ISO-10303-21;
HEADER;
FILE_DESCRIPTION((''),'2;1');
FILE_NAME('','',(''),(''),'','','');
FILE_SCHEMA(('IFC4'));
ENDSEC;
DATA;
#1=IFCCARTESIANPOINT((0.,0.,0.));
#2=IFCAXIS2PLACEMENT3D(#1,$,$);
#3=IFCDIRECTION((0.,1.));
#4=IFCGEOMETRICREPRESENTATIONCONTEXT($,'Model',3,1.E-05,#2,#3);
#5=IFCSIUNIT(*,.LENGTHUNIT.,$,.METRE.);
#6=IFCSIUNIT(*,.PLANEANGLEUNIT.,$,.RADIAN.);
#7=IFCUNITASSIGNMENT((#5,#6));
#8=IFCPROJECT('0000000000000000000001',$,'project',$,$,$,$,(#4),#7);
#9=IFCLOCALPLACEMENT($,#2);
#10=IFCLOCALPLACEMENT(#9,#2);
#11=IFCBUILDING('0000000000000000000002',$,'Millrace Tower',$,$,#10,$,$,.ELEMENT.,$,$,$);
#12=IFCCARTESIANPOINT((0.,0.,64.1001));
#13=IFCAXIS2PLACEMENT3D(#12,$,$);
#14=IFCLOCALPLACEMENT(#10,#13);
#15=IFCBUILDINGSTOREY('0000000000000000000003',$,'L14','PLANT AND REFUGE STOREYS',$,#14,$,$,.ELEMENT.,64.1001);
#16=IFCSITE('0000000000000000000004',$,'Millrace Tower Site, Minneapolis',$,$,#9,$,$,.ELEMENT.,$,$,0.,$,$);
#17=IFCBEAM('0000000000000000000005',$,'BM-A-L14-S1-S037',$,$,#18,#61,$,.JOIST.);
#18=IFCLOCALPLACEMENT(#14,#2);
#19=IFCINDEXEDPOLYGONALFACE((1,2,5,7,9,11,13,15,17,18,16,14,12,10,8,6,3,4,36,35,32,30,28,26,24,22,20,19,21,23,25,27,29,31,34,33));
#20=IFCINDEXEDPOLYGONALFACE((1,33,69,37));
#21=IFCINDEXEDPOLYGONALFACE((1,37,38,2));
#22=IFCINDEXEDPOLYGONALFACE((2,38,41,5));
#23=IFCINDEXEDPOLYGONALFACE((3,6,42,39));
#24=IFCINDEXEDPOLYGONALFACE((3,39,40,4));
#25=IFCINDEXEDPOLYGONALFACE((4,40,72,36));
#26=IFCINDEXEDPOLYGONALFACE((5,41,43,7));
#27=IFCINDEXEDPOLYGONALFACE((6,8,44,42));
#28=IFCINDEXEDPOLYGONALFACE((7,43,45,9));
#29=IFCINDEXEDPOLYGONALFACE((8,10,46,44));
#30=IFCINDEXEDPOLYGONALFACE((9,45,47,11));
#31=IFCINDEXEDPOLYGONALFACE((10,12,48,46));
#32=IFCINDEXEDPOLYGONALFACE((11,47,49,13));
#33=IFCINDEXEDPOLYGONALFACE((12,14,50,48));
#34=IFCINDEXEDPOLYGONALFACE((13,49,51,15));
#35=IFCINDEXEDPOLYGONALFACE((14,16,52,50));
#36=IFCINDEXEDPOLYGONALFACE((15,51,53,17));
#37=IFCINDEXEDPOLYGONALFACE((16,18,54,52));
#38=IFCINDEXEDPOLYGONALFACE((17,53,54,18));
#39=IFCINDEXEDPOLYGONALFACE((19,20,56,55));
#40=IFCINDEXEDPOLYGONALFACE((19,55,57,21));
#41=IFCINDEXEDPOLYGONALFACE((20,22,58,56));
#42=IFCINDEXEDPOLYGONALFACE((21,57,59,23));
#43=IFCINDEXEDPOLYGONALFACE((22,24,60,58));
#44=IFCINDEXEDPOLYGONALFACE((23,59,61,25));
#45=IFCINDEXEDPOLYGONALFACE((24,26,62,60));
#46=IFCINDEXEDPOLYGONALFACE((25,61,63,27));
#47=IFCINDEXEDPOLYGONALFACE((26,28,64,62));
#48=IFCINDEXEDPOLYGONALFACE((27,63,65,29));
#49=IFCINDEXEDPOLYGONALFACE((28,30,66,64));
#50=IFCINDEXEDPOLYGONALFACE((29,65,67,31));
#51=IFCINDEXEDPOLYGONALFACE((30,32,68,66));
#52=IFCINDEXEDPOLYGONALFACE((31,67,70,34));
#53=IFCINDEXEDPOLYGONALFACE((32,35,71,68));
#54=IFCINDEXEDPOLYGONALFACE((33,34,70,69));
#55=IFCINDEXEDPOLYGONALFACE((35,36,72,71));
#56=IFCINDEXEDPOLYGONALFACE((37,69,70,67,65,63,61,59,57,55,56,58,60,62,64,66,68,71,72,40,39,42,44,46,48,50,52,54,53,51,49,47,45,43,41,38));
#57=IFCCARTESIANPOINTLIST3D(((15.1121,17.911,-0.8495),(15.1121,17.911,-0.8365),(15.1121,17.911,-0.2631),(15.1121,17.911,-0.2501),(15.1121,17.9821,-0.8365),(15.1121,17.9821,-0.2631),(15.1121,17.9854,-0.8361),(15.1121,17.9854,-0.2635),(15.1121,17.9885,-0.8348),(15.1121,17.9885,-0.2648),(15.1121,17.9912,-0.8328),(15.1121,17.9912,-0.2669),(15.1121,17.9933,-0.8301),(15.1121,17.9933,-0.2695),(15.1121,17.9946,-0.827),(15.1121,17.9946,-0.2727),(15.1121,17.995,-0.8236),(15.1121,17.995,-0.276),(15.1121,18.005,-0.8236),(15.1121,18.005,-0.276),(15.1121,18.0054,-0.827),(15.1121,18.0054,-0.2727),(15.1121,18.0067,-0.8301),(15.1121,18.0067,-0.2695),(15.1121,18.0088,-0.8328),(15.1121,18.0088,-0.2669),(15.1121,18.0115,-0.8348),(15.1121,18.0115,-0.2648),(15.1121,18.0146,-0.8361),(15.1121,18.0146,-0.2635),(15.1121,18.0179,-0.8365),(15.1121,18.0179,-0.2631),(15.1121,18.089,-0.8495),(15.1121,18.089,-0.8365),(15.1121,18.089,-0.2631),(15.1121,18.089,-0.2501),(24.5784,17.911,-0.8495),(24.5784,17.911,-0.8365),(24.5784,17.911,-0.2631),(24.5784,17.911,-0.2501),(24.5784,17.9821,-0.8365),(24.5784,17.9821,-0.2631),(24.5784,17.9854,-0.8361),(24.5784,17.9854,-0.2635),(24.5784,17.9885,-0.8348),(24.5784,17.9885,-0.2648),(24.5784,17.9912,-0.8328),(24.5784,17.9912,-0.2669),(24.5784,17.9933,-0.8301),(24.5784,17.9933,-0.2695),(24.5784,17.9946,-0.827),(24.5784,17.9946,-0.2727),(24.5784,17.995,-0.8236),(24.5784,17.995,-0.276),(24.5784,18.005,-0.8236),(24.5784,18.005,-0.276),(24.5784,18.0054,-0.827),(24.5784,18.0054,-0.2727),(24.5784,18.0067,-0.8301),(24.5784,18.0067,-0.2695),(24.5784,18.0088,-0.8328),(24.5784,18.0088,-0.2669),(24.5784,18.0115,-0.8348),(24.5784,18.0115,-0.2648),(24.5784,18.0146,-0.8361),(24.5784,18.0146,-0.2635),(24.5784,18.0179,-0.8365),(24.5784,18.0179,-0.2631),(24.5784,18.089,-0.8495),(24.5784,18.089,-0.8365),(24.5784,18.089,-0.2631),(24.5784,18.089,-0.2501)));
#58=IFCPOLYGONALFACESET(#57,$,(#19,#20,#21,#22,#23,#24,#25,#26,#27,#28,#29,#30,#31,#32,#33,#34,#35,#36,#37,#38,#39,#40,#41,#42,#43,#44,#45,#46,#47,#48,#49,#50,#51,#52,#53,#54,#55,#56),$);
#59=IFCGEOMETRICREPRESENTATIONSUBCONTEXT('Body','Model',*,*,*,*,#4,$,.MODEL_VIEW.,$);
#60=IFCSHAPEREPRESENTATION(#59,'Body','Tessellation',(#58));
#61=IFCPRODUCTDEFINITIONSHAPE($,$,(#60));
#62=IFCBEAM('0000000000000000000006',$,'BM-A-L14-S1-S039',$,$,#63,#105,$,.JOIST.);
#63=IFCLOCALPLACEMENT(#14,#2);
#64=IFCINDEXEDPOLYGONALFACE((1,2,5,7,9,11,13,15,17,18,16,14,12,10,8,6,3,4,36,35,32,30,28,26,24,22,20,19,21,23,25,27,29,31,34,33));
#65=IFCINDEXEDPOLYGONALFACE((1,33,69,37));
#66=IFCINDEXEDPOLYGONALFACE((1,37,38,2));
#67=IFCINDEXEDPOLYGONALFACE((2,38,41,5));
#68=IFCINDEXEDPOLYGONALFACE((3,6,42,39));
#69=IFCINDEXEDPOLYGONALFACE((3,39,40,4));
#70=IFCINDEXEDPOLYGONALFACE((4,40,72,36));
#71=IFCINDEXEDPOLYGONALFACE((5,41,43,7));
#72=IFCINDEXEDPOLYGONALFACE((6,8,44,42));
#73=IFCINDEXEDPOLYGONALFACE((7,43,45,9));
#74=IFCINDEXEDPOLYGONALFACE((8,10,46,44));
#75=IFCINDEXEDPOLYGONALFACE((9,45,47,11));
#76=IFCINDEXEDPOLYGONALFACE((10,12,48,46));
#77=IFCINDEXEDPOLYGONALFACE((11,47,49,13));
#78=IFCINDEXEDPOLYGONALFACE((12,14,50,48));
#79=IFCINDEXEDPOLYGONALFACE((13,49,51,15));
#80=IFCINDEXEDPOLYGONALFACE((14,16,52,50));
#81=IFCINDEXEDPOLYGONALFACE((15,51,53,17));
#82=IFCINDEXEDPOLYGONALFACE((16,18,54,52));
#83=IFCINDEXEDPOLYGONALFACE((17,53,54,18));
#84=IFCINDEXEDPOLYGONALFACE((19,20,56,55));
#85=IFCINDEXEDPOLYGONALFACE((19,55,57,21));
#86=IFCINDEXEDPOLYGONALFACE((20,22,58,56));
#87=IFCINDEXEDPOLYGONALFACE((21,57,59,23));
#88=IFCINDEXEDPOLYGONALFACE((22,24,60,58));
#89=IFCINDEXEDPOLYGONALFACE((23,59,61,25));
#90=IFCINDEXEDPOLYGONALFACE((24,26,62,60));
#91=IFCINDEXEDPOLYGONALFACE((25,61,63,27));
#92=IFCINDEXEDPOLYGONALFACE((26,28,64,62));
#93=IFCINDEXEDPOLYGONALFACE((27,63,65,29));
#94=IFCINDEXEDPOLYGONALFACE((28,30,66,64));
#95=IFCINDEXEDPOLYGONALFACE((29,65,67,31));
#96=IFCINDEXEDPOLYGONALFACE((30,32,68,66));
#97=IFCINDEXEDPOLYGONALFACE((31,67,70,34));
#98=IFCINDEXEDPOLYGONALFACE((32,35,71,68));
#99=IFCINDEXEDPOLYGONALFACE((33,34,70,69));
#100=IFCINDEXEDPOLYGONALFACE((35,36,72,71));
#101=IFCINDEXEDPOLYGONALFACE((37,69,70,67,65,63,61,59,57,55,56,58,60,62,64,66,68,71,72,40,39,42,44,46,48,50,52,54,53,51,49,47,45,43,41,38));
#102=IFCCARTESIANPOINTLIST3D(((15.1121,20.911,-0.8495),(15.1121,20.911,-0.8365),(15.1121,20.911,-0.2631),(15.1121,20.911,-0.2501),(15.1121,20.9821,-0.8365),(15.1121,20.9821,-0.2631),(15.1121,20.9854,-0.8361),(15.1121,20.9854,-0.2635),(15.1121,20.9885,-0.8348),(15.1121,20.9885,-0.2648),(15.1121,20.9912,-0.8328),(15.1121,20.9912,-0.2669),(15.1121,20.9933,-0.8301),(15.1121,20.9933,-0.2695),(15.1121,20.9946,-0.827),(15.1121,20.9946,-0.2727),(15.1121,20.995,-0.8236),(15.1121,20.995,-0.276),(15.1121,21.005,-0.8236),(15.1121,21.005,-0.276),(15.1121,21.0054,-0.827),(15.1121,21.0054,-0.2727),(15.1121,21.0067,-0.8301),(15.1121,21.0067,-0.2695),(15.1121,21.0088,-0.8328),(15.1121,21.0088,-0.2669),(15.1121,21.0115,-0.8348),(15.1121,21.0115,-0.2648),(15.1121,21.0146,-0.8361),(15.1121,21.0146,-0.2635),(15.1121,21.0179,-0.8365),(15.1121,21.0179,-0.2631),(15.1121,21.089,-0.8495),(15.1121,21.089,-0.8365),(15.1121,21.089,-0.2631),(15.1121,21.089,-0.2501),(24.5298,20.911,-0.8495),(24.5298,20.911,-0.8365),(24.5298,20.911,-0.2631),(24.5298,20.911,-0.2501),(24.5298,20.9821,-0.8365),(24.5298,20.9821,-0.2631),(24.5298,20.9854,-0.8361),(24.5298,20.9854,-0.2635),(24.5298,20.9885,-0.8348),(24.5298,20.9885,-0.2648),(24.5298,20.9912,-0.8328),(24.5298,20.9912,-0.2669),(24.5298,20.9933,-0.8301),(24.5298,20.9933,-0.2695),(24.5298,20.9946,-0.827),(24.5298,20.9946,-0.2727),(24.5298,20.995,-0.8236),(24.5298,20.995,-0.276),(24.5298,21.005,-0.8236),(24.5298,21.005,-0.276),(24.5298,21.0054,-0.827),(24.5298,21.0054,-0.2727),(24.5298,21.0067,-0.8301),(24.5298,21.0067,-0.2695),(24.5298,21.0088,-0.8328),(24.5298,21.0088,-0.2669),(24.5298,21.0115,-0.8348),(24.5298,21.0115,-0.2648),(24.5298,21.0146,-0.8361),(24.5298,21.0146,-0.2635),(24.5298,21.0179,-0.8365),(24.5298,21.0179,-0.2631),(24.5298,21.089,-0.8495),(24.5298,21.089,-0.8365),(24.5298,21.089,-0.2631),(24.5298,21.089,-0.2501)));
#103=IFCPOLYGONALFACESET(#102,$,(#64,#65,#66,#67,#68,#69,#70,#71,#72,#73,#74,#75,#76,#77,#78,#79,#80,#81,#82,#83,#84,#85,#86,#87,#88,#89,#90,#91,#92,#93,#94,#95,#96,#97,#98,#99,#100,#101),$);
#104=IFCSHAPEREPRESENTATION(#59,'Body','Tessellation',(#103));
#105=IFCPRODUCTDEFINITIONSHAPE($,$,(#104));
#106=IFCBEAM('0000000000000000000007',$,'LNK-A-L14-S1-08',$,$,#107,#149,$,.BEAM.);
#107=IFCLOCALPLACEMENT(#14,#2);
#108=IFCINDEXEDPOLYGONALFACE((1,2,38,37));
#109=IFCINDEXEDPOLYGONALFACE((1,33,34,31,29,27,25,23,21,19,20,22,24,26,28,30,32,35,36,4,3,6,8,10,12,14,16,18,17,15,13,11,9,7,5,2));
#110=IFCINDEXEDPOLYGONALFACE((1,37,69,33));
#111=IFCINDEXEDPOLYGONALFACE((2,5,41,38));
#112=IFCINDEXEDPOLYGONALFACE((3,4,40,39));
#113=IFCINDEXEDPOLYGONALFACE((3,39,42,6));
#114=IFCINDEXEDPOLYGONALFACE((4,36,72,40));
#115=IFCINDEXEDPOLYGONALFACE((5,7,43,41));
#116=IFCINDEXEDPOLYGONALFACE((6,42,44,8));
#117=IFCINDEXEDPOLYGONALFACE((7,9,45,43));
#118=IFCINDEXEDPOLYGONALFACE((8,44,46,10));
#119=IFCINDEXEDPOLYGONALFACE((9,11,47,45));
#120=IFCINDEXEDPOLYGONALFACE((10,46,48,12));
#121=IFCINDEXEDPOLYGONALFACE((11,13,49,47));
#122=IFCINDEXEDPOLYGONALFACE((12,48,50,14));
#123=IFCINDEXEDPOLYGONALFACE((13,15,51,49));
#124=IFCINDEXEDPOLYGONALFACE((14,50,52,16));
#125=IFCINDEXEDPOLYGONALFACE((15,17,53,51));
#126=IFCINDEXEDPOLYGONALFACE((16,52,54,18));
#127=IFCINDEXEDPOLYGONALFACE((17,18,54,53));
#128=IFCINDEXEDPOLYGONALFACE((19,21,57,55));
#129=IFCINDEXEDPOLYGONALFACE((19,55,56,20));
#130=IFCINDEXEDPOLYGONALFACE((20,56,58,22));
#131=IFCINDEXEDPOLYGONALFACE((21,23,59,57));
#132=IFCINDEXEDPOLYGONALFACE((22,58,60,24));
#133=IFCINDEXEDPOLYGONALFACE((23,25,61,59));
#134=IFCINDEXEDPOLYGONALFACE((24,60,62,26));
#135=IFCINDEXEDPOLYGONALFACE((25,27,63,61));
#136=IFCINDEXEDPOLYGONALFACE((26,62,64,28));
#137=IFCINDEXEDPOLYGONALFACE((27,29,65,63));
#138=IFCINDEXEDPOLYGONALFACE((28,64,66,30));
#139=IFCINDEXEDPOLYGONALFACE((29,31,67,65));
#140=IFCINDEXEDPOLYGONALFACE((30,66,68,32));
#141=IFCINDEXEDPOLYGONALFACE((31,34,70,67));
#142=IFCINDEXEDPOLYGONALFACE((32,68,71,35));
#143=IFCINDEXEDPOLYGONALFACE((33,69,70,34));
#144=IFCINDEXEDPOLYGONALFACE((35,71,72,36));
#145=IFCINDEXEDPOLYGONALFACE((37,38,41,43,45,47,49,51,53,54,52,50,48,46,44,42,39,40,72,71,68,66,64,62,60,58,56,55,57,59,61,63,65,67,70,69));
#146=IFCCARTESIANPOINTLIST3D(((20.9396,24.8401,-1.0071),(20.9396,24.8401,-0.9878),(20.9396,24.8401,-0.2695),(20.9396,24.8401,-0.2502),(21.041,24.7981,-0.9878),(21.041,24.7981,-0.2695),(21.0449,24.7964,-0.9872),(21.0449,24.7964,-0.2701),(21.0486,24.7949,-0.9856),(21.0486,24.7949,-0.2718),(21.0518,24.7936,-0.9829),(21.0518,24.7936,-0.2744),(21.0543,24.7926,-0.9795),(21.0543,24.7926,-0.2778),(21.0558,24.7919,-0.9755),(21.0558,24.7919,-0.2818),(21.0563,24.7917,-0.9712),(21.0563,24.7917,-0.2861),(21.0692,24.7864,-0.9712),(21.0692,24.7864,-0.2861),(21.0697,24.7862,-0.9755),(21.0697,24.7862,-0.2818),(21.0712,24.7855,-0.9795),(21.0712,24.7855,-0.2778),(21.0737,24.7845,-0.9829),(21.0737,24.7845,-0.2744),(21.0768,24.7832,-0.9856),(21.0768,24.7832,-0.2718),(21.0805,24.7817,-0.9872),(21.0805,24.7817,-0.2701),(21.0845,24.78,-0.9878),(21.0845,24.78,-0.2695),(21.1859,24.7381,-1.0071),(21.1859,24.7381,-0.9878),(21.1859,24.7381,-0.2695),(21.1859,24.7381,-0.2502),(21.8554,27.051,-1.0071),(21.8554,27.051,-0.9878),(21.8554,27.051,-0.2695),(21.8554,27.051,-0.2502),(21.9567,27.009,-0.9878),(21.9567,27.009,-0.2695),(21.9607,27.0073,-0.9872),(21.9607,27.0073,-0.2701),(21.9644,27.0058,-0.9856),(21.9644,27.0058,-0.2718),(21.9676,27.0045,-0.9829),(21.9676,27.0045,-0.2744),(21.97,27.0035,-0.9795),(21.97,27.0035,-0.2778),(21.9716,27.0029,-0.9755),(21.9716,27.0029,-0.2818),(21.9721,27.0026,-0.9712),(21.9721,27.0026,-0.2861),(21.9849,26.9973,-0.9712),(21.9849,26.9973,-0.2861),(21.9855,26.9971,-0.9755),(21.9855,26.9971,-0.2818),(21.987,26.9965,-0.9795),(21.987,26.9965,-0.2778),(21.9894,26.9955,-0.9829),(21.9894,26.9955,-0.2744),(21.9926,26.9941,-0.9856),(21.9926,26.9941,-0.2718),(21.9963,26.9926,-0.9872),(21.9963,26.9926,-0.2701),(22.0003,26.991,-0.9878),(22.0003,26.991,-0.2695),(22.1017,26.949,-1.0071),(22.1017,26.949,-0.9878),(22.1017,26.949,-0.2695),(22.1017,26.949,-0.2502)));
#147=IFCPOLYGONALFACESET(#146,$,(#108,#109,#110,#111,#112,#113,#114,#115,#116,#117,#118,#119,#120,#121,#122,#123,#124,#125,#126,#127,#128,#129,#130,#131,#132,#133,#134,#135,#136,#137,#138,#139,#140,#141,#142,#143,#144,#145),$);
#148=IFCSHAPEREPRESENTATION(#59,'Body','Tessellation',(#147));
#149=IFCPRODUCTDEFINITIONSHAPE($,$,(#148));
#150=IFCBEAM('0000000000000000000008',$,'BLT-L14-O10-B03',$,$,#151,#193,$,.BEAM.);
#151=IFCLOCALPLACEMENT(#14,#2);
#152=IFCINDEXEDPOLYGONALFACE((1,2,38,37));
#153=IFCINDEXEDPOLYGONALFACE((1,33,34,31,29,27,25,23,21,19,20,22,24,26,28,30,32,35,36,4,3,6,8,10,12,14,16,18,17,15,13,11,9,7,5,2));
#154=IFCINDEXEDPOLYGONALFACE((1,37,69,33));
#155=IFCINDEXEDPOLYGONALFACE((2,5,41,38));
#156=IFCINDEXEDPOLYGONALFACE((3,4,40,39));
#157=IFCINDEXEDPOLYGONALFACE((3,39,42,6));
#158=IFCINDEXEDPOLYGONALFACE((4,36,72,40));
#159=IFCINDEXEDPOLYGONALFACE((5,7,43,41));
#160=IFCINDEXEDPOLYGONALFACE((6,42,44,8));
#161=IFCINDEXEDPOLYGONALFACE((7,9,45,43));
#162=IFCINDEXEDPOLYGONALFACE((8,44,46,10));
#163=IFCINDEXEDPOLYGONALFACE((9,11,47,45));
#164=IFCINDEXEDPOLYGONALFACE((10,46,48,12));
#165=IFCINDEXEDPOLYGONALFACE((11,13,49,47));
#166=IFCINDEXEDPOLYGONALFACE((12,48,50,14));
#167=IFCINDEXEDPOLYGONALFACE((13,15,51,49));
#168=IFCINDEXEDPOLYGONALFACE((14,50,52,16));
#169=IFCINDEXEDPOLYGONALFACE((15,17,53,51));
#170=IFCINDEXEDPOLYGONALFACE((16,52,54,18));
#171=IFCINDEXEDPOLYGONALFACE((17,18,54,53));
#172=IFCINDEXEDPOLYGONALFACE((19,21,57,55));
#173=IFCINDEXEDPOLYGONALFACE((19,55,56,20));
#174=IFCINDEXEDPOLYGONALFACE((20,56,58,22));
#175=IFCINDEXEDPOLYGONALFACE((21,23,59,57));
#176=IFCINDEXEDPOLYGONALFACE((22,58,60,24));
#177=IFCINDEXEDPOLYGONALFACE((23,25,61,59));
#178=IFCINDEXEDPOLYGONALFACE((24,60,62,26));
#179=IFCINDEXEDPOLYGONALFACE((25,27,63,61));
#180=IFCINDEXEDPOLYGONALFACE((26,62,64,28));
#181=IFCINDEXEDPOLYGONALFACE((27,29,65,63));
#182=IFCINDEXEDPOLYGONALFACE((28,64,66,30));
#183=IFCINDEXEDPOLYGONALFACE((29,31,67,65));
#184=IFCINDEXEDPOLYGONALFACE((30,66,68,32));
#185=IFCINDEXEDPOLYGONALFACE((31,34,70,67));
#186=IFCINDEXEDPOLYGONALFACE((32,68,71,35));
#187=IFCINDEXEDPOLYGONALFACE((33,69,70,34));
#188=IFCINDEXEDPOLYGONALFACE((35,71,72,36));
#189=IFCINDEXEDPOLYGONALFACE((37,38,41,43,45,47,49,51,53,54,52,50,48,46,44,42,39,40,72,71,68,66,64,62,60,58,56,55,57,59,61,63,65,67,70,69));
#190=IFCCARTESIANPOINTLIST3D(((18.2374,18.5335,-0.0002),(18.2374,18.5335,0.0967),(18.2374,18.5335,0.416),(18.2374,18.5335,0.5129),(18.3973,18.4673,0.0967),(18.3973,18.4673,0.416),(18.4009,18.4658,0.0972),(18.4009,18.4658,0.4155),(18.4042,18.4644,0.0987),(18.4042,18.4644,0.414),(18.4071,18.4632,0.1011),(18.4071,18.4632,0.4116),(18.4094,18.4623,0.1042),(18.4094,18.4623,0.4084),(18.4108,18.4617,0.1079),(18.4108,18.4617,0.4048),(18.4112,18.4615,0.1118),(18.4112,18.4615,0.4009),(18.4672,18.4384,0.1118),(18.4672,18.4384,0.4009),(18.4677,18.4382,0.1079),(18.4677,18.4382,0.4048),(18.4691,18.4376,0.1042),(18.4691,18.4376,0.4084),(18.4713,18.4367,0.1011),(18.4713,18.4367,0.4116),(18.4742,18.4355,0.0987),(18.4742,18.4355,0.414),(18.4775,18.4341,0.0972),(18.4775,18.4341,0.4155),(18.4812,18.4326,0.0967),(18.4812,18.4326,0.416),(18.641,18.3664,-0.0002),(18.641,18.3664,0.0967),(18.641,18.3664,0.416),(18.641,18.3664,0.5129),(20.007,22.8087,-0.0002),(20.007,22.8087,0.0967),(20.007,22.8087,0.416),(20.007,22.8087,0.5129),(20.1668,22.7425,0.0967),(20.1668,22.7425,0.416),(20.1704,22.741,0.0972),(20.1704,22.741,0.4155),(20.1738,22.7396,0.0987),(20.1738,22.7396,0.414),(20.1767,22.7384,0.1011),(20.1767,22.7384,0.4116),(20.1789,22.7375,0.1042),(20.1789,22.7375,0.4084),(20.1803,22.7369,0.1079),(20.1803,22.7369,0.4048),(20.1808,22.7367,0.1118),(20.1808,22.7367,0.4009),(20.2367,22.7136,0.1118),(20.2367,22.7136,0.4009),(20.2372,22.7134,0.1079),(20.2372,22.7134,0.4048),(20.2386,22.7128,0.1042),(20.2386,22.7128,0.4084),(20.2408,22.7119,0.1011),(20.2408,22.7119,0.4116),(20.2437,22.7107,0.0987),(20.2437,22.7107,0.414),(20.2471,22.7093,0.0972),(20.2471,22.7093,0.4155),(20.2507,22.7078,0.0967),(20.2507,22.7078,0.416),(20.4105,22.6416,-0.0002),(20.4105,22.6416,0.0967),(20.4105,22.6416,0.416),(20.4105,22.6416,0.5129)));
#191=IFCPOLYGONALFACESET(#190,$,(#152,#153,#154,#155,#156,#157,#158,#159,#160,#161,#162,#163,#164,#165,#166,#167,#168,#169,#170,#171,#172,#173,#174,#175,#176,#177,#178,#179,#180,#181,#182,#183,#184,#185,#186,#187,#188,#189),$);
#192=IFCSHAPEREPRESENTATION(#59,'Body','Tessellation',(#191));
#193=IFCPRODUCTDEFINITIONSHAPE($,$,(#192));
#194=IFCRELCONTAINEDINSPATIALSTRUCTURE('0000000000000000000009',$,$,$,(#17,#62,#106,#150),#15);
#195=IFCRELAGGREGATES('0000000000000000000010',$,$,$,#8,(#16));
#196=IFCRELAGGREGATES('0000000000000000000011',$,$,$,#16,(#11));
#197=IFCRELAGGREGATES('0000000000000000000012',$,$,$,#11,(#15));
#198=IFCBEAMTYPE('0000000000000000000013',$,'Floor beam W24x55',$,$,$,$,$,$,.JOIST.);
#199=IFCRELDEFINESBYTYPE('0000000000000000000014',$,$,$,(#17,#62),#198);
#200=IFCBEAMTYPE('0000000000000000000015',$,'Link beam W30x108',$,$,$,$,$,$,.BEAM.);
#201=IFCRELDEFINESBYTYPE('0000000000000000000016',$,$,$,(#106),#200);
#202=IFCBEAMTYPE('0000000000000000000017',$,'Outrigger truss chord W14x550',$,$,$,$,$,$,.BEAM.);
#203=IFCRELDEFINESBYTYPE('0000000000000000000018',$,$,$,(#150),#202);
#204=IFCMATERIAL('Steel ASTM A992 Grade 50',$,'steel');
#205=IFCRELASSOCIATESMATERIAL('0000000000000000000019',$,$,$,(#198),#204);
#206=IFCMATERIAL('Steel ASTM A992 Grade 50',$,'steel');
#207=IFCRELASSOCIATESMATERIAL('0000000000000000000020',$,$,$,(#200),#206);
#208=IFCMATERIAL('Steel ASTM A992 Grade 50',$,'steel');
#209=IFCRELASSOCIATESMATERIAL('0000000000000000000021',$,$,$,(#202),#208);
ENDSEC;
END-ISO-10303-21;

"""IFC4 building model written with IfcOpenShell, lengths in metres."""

from ifc_helpers import new_model, si_unit, direction, frame, origin, origin_2d, place, context, subcontext, project, spatial, i_section, extrude, material, material_profile, profile_set, type_object, element, save


model = new_model("IFC4")

# Units and contexts
model_context = context("Model", 3, precision=1e-05, world=origin(), true_north=direction((0.0, 1.0)))
body_context = subcontext(model_context, "Body", "Model", "MODEL_VIEW")
ifc_project = project(units=[si_unit("LENGTHUNIT", "METRE"), si_unit("PLANEANGLEUNIT", "RADIAN")], contexts=[model_context])

# Site, building, storey
site_placement = place(None, origin())
site = spatial("IfcSite", under=ifc_project, at=site_placement, Name="Millrace Tower Site, Minneapolis", CompositionType="ELEMENT", RefElevation=0.0)
building_placement = place(site_placement, origin())
building = spatial("IfcBuilding", under=site, at=building_placement, Name="Millrace Tower", CompositionType="ELEMENT")
storey_placement = place(building_placement, frame((0.0, 0.0, 64.1001)))
storey = spatial("IfcBuildingStorey", under=building, at=storey_placement, Name="L14", Description="PLANT AND REFUGE STOREYS", CompositionType="ELEMENT", Elevation=64.1001)

# Beams
ifc_material_1 = material(Name="Steel ASTM A992 Grade 50", Category="steel")
ifc_material_profile_1 = material_profile(ifc_material_1, i_section(OverallWidth=0.178, OverallDepth=0.5994, WebThickness=0.01, FlangeThickness=0.0129, FilletRadius=0.0129, at=origin_2d()))
ifc_profile_set_1 = profile_set([ifc_material_profile_1], Name="Steel ASTM A992 Grade 50")
beam_type_1 = type_object("IfcBeamType", Name="Floor beam W24x55", PredefinedType="JOIST", material=ifc_profile_set_1)
beam_1_placement = place(storey_placement, frame((15.1121, 18.0, -0.5498), z_axis=(1.0, 0.0, 0.0), x_axis=(0.0, 1.0, 0.0)))
element("IfcBeam", 1, at=beam_1_placement, inside=storey, type_object=beam_type_1, Name="BM-A-L14-S1-S037", PredefinedType="JOIST", context=body_context, shape_type="SweptSolid", body=[
    extrude(i_section(OverallWidth=0.178, OverallDepth=0.5994, WebThickness=0.01, FlangeThickness=0.0129, FilletRadius=0.0129, at=origin_2d()), origin(), (0.0, 0.0, 1.0), 9.4663),
])
beam_2_placement = place(storey_placement, frame((15.1121, 21.0, -0.5498), z_axis=(1.0, 0.0, 0.0), x_axis=(0.0, 1.0, 0.0)))
element("IfcBeam", 2, at=beam_2_placement, inside=storey, type_object=beam_type_1, Name="BM-A-L14-S1-S039", PredefinedType="JOIST", context=body_context, shape_type="SweptSolid", body=[
    extrude(i_section(OverallWidth=0.178, OverallDepth=0.5994, WebThickness=0.01, FlangeThickness=0.0129, FilletRadius=0.0129, at=origin_2d()), origin(), (0.0, 0.0, 1.0), 9.4177),
])
ifc_material_2 = material(Name="Steel ASTM A992 Grade 50", Category="steel")
ifc_material_profile_2 = material_profile(ifc_material_2, i_section(OverallWidth=0.2666, OverallDepth=0.7568, WebThickness=0.0139, FlangeThickness=0.0193, FilletRadius=0.0166, at=origin_2d()))
ifc_profile_set_2 = profile_set([ifc_material_profile_2], Name="Steel ASTM A992 Grade 50")
beam_type_2 = type_object("IfcBeamType", Name="Link beam W30x108", PredefinedType="BEAM", material=ifc_profile_set_2)
beam_3_placement = place(storey_placement, frame((21.0627, 24.7891, -0.6287), z_axis=(0.382673, 0.923884, 0.0), x_axis=(-0.923884, 0.382673, 0.0)))
element("IfcBeam", 3, at=beam_3_placement, inside=storey, type_object=beam_type_2, Name="LNK-A-L14-S1-08", PredefinedType="BEAM", context=body_context, shape_type="SweptSolid", body=[
    extrude(i_section(OverallWidth=0.2666, OverallDepth=0.7568, WebThickness=0.0139, FlangeThickness=0.0193, FilletRadius=0.0166, at=origin_2d()), origin(), (0.0, 0.0, 1.0), 2.3931),
])
ifc_material_3 = material(Name="Steel ASTM A992 Grade 50", Category="steel")
ifc_material_profile_3 = material_profile(ifc_material_3, i_section(OverallWidth=0.4368, OverallDepth=0.5132, WebThickness=0.0605, FlangeThickness=0.0969, FilletRadius=0.0151, at=origin_2d()))
ifc_profile_set_3 = profile_set([ifc_material_profile_3], Name="Steel ASTM A992 Grade 50")
beam_type_3 = type_object("IfcBeamType", Name="Outrigger truss chord W14x550", PredefinedType="BEAM", material=ifc_profile_set_3)
beam_4_placement = place(storey_placement, frame((18.4392, 18.45, 0.2563), z_axis=(0.382445, 0.923978, 0.0), x_axis=(-0.923978, 0.382445, 0.0)))
element("IfcBeam", 4, at=beam_4_placement, inside=storey, type_object=beam_type_3, Name="BLT-L14-O10-B03", PredefinedType="BEAM", context=body_context, shape_type="SweptSolid", body=[
    extrude(i_section(OverallWidth=0.4368, OverallDepth=0.5132, WebThickness=0.0605, FlangeThickness=0.0969, FilletRadius=0.0151, at=origin_2d()), origin(), (0.0, 0.0, 1.0), 4.627),
])

save(model, "model.ifc")
